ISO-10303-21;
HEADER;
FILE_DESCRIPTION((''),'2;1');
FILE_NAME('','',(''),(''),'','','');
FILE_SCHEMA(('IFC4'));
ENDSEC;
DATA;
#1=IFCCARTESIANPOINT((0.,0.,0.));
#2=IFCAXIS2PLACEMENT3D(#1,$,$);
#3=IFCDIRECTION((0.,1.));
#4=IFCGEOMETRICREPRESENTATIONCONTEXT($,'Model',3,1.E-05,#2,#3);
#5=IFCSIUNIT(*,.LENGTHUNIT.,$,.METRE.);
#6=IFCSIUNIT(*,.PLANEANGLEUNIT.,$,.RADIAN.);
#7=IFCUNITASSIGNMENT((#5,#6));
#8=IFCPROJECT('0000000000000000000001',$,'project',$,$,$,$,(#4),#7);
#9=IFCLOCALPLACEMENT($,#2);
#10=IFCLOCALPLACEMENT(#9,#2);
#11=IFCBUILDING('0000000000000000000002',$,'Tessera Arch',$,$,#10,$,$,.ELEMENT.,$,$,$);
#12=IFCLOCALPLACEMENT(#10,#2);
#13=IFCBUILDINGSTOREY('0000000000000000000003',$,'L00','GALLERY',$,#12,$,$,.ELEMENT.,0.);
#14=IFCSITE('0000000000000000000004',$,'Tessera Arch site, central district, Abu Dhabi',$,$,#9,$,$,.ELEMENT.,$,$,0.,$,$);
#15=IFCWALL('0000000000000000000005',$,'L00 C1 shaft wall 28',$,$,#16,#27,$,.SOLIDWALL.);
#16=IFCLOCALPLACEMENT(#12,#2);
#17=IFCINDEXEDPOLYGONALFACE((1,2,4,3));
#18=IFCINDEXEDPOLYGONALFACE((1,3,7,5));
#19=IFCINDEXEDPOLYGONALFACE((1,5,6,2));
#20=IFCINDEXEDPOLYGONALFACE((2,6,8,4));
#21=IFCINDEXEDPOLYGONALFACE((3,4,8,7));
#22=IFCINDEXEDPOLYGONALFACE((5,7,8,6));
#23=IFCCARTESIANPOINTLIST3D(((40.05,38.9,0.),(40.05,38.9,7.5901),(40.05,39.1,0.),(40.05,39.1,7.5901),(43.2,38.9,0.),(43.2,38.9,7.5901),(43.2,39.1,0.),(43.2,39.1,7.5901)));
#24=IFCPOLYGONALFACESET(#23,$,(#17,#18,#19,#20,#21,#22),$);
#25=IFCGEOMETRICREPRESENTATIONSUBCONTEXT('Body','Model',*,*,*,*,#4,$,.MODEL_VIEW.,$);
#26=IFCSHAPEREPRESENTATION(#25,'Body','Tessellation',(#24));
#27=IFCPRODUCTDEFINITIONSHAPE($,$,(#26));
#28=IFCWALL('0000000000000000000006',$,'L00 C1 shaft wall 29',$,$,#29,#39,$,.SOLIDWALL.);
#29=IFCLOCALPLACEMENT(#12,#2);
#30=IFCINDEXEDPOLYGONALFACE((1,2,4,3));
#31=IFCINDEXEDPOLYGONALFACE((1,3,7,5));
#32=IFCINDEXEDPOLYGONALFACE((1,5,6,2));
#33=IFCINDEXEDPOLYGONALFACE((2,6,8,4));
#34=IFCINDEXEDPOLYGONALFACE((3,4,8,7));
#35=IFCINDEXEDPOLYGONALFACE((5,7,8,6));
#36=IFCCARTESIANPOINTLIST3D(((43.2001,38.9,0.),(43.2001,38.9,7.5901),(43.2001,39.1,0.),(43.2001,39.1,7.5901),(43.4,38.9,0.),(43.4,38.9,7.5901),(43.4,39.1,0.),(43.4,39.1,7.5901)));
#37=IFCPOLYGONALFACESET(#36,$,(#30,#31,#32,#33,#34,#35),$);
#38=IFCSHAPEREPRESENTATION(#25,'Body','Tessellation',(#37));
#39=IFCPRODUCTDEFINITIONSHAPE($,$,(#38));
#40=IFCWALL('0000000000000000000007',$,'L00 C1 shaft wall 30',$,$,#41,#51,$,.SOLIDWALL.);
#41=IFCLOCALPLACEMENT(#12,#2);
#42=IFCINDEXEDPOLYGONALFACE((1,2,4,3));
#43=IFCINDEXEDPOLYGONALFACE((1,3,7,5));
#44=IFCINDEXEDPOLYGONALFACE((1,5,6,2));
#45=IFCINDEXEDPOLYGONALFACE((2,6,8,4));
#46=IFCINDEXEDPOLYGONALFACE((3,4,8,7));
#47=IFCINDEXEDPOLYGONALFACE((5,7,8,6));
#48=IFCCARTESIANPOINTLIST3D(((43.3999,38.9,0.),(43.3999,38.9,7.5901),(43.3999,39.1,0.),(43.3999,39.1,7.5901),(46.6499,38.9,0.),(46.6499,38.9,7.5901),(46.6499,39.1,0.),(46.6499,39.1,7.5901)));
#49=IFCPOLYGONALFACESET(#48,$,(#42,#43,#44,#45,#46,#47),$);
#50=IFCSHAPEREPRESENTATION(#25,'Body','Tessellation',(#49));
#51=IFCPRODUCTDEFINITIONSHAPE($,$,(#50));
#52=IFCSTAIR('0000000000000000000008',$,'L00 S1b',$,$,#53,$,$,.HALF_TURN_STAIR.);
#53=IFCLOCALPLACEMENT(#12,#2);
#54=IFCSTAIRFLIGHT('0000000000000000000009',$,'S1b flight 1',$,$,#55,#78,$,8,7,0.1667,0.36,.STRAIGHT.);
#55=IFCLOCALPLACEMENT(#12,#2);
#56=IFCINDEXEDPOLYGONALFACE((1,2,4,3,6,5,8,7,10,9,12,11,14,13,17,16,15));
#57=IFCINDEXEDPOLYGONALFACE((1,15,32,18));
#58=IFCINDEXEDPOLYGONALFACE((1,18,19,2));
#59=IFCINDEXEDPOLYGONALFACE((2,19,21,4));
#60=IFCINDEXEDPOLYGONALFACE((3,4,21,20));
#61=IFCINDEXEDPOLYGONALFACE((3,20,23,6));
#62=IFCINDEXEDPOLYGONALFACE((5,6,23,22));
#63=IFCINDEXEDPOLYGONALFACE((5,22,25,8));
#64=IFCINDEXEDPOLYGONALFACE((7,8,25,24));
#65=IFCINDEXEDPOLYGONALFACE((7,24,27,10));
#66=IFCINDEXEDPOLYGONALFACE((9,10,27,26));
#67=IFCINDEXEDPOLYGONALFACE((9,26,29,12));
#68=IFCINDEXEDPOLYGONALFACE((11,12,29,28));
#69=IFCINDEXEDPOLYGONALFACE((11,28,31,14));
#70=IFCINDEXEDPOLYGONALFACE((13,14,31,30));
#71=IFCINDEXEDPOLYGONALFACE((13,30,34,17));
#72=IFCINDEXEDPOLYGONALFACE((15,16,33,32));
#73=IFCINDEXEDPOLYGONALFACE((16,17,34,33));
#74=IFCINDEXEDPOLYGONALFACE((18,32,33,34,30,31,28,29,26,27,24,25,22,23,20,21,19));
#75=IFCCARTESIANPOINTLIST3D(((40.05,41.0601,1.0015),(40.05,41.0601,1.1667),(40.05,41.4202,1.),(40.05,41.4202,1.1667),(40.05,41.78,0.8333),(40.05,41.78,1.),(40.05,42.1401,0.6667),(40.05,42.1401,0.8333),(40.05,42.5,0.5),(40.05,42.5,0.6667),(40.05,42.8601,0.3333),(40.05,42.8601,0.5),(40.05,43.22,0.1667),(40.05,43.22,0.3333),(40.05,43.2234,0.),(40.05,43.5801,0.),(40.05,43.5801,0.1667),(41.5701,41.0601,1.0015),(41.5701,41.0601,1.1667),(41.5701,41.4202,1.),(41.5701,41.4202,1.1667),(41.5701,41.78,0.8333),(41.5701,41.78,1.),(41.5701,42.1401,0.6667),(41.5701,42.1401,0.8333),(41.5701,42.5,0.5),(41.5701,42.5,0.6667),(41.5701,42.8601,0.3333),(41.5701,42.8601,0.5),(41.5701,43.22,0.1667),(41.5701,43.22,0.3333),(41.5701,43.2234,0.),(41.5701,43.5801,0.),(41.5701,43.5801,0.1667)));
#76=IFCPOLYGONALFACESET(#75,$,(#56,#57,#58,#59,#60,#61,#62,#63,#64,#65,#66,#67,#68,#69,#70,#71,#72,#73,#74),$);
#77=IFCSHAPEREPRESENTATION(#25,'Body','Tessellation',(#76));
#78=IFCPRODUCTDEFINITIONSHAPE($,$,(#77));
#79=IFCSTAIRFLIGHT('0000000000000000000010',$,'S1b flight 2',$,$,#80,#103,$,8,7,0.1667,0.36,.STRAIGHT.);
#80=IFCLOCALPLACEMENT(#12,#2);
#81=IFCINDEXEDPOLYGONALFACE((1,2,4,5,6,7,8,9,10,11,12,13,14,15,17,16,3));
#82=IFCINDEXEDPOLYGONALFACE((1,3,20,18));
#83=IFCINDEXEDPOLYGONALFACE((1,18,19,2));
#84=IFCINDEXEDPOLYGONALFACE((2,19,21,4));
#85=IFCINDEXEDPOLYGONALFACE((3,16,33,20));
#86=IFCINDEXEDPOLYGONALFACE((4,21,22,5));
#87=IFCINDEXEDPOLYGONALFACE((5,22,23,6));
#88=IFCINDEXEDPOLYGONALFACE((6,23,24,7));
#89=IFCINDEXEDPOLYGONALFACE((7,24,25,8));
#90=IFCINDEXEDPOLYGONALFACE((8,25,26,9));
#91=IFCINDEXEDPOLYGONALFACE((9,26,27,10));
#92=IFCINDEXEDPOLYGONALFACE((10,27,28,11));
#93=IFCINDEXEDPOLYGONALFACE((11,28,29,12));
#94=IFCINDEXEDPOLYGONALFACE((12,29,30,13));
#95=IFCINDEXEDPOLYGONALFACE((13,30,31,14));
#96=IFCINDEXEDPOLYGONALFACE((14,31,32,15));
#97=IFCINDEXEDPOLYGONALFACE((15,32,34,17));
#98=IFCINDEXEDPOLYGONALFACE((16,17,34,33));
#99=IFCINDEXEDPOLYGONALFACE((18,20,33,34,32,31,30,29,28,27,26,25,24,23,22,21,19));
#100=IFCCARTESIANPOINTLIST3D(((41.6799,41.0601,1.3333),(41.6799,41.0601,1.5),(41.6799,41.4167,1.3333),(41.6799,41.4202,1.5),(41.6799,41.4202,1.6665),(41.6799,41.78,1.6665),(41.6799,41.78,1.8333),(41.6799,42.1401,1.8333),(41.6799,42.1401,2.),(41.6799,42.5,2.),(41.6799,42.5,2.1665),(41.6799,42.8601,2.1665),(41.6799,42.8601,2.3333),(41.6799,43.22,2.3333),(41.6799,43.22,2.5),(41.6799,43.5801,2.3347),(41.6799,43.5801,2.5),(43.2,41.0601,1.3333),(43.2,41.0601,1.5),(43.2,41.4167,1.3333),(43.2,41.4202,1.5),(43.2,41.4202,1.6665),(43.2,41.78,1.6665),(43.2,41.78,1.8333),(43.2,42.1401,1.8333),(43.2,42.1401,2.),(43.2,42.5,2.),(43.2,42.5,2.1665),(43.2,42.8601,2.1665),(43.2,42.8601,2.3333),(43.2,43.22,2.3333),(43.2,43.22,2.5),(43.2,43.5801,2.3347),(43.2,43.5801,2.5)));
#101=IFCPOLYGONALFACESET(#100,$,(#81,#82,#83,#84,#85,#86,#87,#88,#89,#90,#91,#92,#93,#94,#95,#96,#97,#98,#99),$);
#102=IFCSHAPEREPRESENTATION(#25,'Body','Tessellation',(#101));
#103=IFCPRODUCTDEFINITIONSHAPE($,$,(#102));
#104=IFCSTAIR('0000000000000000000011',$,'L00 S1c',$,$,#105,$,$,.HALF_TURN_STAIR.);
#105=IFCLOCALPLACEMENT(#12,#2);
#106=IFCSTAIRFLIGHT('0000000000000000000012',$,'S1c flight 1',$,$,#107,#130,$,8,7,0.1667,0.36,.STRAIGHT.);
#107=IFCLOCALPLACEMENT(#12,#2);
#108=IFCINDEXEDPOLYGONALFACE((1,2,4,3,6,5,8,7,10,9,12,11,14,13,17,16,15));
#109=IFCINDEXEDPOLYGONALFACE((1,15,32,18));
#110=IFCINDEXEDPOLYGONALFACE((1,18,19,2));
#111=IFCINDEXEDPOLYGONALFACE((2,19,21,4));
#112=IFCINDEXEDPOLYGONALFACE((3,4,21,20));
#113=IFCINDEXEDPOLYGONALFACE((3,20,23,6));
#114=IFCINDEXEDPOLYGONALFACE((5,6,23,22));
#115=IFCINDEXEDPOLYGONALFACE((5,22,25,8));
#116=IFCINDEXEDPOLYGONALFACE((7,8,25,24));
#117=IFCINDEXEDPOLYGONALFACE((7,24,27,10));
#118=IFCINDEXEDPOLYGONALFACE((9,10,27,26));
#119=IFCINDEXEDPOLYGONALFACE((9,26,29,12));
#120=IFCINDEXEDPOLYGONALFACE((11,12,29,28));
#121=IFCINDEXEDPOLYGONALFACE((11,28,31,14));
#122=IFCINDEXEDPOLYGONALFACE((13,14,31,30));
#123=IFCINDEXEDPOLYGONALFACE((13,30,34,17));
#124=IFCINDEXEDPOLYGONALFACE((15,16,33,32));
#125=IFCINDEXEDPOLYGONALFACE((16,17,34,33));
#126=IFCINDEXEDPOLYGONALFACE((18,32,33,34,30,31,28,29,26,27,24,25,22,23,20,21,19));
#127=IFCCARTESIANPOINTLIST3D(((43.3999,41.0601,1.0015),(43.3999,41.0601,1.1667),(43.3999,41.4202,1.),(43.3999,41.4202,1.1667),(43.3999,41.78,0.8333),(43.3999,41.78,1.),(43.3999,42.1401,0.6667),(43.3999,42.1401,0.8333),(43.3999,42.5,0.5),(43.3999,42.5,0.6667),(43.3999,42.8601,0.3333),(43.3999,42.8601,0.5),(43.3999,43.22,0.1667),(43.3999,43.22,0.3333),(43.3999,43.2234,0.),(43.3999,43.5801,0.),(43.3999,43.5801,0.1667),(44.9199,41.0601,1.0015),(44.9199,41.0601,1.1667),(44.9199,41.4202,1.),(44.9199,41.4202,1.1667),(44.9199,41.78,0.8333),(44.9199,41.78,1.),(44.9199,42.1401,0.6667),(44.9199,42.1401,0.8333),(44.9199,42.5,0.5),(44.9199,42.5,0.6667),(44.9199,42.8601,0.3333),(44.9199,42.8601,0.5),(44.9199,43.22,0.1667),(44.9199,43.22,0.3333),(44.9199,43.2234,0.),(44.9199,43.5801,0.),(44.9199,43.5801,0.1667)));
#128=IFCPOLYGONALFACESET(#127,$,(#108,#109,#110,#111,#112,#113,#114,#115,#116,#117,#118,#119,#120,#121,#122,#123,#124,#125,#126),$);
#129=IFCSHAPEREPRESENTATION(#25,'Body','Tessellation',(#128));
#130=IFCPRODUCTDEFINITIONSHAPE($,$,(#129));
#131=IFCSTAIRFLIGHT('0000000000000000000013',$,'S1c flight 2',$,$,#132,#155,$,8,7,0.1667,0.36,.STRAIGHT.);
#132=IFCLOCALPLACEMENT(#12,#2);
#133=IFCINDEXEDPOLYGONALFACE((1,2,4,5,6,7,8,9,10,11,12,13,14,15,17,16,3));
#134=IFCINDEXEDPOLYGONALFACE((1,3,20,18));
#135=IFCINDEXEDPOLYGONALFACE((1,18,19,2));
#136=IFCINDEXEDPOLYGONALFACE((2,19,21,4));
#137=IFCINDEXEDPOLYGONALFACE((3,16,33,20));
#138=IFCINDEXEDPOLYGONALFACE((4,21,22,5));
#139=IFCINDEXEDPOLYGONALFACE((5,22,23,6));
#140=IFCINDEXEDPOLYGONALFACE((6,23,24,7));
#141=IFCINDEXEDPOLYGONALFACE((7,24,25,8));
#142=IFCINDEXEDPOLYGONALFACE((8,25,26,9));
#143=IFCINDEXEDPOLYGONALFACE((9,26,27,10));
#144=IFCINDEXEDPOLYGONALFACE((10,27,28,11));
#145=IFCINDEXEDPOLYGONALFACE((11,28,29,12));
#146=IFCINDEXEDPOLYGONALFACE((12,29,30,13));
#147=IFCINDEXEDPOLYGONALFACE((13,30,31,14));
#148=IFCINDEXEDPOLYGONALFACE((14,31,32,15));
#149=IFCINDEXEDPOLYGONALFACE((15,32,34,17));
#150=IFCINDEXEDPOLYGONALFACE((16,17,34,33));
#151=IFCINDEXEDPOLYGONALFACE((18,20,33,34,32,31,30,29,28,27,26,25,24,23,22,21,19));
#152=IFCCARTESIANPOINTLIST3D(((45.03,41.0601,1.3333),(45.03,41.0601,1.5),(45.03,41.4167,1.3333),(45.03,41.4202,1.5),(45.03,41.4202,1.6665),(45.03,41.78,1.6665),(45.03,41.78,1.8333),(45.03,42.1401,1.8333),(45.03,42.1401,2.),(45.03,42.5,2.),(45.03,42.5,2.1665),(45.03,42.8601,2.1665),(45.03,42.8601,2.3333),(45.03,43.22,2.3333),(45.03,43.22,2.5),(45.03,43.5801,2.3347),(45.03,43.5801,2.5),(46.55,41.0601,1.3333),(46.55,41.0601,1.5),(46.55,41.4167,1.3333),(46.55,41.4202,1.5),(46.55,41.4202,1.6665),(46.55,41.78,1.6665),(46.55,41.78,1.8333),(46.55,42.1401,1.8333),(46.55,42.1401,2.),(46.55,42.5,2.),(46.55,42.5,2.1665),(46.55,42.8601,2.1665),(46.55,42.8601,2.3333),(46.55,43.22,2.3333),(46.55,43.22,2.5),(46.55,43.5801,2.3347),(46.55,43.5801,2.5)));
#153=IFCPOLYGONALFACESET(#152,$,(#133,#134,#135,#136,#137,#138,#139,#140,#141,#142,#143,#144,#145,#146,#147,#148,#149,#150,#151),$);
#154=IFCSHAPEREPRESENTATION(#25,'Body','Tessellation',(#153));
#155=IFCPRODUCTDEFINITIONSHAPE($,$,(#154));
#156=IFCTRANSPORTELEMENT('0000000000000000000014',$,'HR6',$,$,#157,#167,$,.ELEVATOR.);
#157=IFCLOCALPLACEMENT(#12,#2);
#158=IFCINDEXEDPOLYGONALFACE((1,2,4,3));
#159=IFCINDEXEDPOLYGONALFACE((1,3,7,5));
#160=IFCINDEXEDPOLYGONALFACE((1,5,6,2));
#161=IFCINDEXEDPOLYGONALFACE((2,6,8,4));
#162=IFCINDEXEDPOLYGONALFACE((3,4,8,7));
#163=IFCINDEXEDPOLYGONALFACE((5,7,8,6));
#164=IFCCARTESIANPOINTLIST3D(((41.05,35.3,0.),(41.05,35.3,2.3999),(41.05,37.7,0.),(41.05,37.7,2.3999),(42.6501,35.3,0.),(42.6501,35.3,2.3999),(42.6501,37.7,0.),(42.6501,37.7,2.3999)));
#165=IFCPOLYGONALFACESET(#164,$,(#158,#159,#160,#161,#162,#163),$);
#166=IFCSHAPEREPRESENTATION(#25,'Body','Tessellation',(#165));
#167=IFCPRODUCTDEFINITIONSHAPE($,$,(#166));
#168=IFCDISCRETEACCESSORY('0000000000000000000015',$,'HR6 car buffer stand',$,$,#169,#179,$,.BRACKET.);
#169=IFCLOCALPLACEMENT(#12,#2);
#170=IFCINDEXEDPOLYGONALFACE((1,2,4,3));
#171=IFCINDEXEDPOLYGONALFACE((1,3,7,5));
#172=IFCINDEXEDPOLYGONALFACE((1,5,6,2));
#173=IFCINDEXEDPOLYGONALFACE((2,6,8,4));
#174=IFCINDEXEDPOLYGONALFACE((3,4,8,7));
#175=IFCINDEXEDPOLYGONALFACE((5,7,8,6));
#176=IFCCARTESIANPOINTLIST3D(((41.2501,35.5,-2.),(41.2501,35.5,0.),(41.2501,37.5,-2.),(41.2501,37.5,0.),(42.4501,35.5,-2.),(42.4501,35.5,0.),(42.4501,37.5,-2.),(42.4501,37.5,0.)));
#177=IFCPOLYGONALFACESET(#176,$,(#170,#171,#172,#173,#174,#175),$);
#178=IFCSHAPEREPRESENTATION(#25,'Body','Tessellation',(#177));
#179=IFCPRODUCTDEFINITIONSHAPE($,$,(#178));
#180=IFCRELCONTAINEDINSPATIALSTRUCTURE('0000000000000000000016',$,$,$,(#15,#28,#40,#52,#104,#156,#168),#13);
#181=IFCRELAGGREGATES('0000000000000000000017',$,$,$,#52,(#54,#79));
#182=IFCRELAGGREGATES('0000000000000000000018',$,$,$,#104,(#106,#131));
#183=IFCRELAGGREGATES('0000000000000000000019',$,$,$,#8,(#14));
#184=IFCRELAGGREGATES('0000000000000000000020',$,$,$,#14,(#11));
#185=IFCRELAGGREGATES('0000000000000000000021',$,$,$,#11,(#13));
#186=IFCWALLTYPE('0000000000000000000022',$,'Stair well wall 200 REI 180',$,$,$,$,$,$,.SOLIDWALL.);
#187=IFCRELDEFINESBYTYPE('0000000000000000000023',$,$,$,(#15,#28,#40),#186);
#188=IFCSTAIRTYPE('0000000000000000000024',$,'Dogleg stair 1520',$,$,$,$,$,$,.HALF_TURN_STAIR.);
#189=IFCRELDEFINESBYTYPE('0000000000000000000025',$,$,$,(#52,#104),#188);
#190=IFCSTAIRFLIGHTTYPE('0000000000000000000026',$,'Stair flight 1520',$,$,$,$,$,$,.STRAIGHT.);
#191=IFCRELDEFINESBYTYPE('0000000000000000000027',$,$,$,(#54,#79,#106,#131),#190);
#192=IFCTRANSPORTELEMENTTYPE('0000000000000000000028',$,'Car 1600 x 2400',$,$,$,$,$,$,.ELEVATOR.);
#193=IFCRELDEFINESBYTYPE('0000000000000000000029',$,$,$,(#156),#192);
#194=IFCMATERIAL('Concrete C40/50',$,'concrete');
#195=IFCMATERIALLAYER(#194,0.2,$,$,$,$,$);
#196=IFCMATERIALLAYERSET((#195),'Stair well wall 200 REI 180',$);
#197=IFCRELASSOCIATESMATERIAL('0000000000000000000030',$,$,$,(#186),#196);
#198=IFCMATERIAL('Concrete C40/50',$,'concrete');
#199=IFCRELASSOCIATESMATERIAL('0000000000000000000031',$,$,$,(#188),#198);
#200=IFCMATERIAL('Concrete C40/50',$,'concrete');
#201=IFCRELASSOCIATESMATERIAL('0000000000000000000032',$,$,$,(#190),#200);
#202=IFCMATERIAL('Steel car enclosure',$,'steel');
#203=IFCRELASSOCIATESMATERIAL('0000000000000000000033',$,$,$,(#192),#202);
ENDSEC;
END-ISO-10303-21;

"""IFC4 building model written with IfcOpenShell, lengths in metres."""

from ifc_helpers import new_model, si_unit, direction, frame, frame_2d, origin, origin_2d, place, context, subcontext, project, spatial, polyline, rectangle, outline, extrude, material, layer, layer_set, type_object, element, aggregate, save


model = new_model("IFC4")

# Units and contexts
model_context = context("Model", 3, precision=1e-05, world=origin(), true_north=direction((0.0, 1.0)))
body_context = subcontext(model_context, "Body", "Model", "MODEL_VIEW")
ifc_project = project(units=[si_unit("LENGTHUNIT", "METRE"), si_unit("PLANEANGLEUNIT", "RADIAN")], contexts=[model_context])

# Site, building, storey
site_placement = place(None, origin())
site = spatial("IfcSite", under=ifc_project, at=site_placement, Name="Tessera Arch site, central district, Abu Dhabi", CompositionType="ELEMENT", RefElevation=0.0)
building_placement = place(site_placement, origin())
building = spatial("IfcBuilding", under=site, at=building_placement, Name="Tessera Arch", CompositionType="ELEMENT")
storey_placement = place(building_placement, origin())
storey = spatial("IfcBuildingStorey", under=building, at=storey_placement, Name="L00", Description="GALLERY", CompositionType="ELEMENT", Elevation=0.0)

# Walls
ifc_material_1 = material(Name="Concrete C40/50", Category="concrete")
ifc_layer_1 = layer(ifc_material_1, 0.2)
ifc_layer_set_1 = layer_set([ifc_layer_1], Name="Stair well wall 200 REI 180")
wall_type_1 = type_object("IfcWallType", Name="Stair well wall 200 REI 180", PredefinedType="SOLIDWALL", material=ifc_layer_set_1)
wall_1_placement = place(storey_placement, frame((40.05, 39.0, 0.0), z_axis=(0.0, 0.0, 1.0), x_axis=(1.0, 0.0, 0.0)))
element("IfcWall", 1, at=wall_1_placement, inside=storey, type_object=wall_type_1, Name="L00 C1 shaft wall 28", PredefinedType="SOLIDWALL", context=body_context, shape_type="SweptSolid", body=[
    extrude(rectangle(XDim=3.1499, YDim=0.2, at=frame_2d((1.575, 0.0))), origin(), (0.0, 0.0, 1.0), 7.5901),
])
wall_2_placement = place(storey_placement, frame((43.2, 39.0, 0.0), z_axis=(0.0, 0.0, 1.0), x_axis=(1.0, 0.0, 0.0)))
element("IfcWall", 2, at=wall_2_placement, inside=storey, type_object=wall_type_1, Name="L00 C1 shaft wall 29", PredefinedType="SOLIDWALL", context=body_context, shape_type="SweptSolid", body=[
    extrude(rectangle(XDim=0.2, YDim=0.2, at=frame_2d((0.1001, 0.0))), origin(), (0.0, 0.0, 1.0), 7.5901),
])
wall_3_placement = place(storey_placement, frame((43.3999, 39.0, 0.0), z_axis=(0.0, 0.0, 1.0), x_axis=(1.0, 0.0, 0.0)))
element("IfcWall", 3, at=wall_3_placement, inside=storey, type_object=wall_type_1, Name="L00 C1 shaft wall 30", PredefinedType="SOLIDWALL", context=body_context, shape_type="SweptSolid", body=[
    extrude(rectangle(XDim=3.25, YDim=0.2, at=frame_2d((1.625, 0.0))), origin(), (0.0, 0.0, 1.0), 7.5901),
])

# Stairs, stair flights
ifc_material_2 = material(Name="Concrete C40/50", Category="concrete")
stair_type = type_object("IfcStairType", Name="Dogleg stair 1520", PredefinedType="HALF_TURN_STAIR", material=ifc_material_2)
stair_1_placement = place(storey_placement, origin())
stair_1 = element("IfcStair", 4, at=stair_1_placement, inside=storey, type_object=stair_type, Name="L00 S1b", PredefinedType="HALF_TURN_STAIR")
ifc_material_3 = material(Name="Concrete C40/50", Category="concrete")
stair_flight_type = type_object("IfcStairFlightType", Name="Stair flight 1520", PredefinedType="STRAIGHT", material=ifc_material_3)
stair_flight_1_placement = place(storey_placement, frame((40.8101, 43.5801, 0.0), z_axis=(0.0, 0.0, 1.0), x_axis=(0.0, -1.0, 0.0)))
stair_flight_1 = element("IfcStairFlight", 5, at=stair_flight_1_placement, type_object=stair_flight_type, Name="S1b flight 1", NumberOfRisers=8, NumberOfTreads=7, PredefinedType="STRAIGHT", RiserHeight=0.1667, TreadLength=0.36, context=body_context, shape_type="SweptSolid", body=[
    extrude(outline(polyline([(0.0, 0.0), (0.0, 0.1667), (0.3601, 0.1667), (0.3601, 0.3333), (0.72, 0.3333), (0.72, 0.5), (1.0801, 0.5), (1.0801, 0.6667), (1.4399, 0.6667), (1.4399, 0.8333), (1.8, 0.8333), (1.8, 1.0), (2.1599, 1.0), (2.1599, 1.1667), (2.52, 1.1667), (2.52, 1.3333), (2.52, 1.0015), (0.3567, 0.0), (0.0, 0.0)])), frame((0.0, 0.76, 0.0), z_axis=(0.0, -1.0, 0.0), x_axis=(1.0, 0.0, 0.0)), (0.0, 0.0, 1.0), 1.52),
])
stair_flight_2_placement = place(storey_placement, frame((42.4399, 41.0601, 1.3333), z_axis=(0.0, 0.0, 1.0), x_axis=(0.0, 1.0, 0.0)))
stair_flight_2 = element("IfcStairFlight", 6, at=stair_flight_2_placement, type_object=stair_flight_type, Name="S1b flight 2", NumberOfRisers=8, NumberOfTreads=7, PredefinedType="STRAIGHT", RiserHeight=0.1667, TreadLength=0.36, context=body_context, shape_type="SweptSolid", body=[
    extrude(outline(polyline([(0.0, 0.0), (0.0, 0.1667), (0.3601, 0.1667), (0.3601, 0.3333), (0.72, 0.3333), (0.72, 0.5), (1.0801, 0.5), (1.0801, 0.6667), (1.4399, 0.6667), (1.4399, 0.8333), (1.8, 0.8333), (1.8, 1.0), (2.1599, 1.0), (2.1599, 1.1667), (2.52, 1.1667), (2.52, 1.3333), (2.52, 1.0015), (0.3567, 0.0), (0.0, 0.0)])), frame((0.0, 0.76, 0.0), z_axis=(0.0, -1.0, 0.0), x_axis=(1.0, 0.0, 0.0)), (0.0, 0.0, 1.0), 1.52),
])
aggregate(stair_1, [stair_flight_1, stair_flight_2])
stair_2_placement = place(storey_placement, origin())
stair_2 = element("IfcStair", 7, at=stair_2_placement, inside=storey, type_object=stair_type, Name="L00 S1c", PredefinedType="HALF_TURN_STAIR")
stair_flight_3_placement = place(storey_placement, frame((44.1599, 43.5801, 0.0), z_axis=(0.0, 0.0, 1.0), x_axis=(0.0, -1.0, 0.0)))
stair_flight_3 = element("IfcStairFlight", 8, at=stair_flight_3_placement, type_object=stair_flight_type, Name="S1c flight 1", NumberOfRisers=8, NumberOfTreads=7, PredefinedType="STRAIGHT", RiserHeight=0.1667, TreadLength=0.36, context=body_context, shape_type="SweptSolid", body=[
    extrude(outline(polyline([(0.0, 0.0), (0.0, 0.1667), (0.3601, 0.1667), (0.3601, 0.3333), (0.72, 0.3333), (0.72, 0.5), (1.0801, 0.5), (1.0801, 0.6667), (1.4399, 0.6667), (1.4399, 0.8333), (1.8, 0.8333), (1.8, 1.0), (2.1599, 1.0), (2.1599, 1.1667), (2.52, 1.1667), (2.52, 1.3333), (2.52, 1.0015), (0.3567, 0.0), (0.0, 0.0)])), frame((0.0, 0.76, 0.0), z_axis=(0.0, -1.0, 0.0), x_axis=(1.0, 0.0, 0.0)), (0.0, 0.0, 1.0), 1.52),
])
stair_flight_4_placement = place(storey_placement, frame((45.79, 41.0601, 1.3333), z_axis=(0.0, 0.0, 1.0), x_axis=(0.0, 1.0, 0.0)))
stair_flight_4 = element("IfcStairFlight", 9, at=stair_flight_4_placement, type_object=stair_flight_type, Name="S1c flight 2", NumberOfRisers=8, NumberOfTreads=7, PredefinedType="STRAIGHT", RiserHeight=0.1667, TreadLength=0.36, context=body_context, shape_type="SweptSolid", body=[
    extrude(outline(polyline([(0.0, 0.0), (0.0, 0.1667), (0.3601, 0.1667), (0.3601, 0.3333), (0.72, 0.3333), (0.72, 0.5), (1.0801, 0.5), (1.0801, 0.6667), (1.4399, 0.6667), (1.4399, 0.8333), (1.8, 0.8333), (1.8, 1.0), (2.1599, 1.0), (2.1599, 1.1667), (2.52, 1.1667), (2.52, 1.3333), (2.52, 1.0015), (0.3567, 0.0), (0.0, 0.0)])), frame((0.0, 0.76, 0.0), z_axis=(0.0, -1.0, 0.0), x_axis=(1.0, 0.0, 0.0)), (0.0, 0.0, 1.0), 1.52),
])
aggregate(stair_2, [stair_flight_3, stair_flight_4])

# Transport element
ifc_material_4 = material(Name="Steel car enclosure", Category="steel")
transport_element_type = type_object("IfcTransportElementType", Name="Car 1600 x 2400", PredefinedType="ELEVATOR", material=ifc_material_4)
transport_element_placement = place(storey_placement, frame((41.8501, 36.5, 0.0), z_axis=(0.0, 0.0, 1.0), x_axis=(1.0, 0.0, 0.0)))
element("IfcTransportElement", 10, at=transport_element_placement, inside=storey, type_object=transport_element_type, Name="HR6", PredefinedType="ELEVATOR", context=body_context, shape_type="SweptSolid", body=[
    extrude(rectangle(XDim=1.6001, YDim=2.3999, at=origin_2d()), origin(), (0.0, 0.0, 1.0), 2.3999),
])

# Discrete accessory
discrete_accessory_placement = place(storey_placement, frame((41.8501, 36.5, -2.0), z_axis=(0.0, 0.0, 1.0), x_axis=(1.0, 0.0, 0.0)))
element("IfcDiscreteAccessory", 11, at=discrete_accessory_placement, inside=storey, Name="HR6 car buffer stand", PredefinedType="BRACKET", context=body_context, shape_type="SweptSolid", body=[
    extrude(rectangle(XDim=1.2, YDim=2.0, at=origin_2d()), origin(), (0.0, 0.0, 1.0), 2.0),
])

save(model, "model.ifc")
